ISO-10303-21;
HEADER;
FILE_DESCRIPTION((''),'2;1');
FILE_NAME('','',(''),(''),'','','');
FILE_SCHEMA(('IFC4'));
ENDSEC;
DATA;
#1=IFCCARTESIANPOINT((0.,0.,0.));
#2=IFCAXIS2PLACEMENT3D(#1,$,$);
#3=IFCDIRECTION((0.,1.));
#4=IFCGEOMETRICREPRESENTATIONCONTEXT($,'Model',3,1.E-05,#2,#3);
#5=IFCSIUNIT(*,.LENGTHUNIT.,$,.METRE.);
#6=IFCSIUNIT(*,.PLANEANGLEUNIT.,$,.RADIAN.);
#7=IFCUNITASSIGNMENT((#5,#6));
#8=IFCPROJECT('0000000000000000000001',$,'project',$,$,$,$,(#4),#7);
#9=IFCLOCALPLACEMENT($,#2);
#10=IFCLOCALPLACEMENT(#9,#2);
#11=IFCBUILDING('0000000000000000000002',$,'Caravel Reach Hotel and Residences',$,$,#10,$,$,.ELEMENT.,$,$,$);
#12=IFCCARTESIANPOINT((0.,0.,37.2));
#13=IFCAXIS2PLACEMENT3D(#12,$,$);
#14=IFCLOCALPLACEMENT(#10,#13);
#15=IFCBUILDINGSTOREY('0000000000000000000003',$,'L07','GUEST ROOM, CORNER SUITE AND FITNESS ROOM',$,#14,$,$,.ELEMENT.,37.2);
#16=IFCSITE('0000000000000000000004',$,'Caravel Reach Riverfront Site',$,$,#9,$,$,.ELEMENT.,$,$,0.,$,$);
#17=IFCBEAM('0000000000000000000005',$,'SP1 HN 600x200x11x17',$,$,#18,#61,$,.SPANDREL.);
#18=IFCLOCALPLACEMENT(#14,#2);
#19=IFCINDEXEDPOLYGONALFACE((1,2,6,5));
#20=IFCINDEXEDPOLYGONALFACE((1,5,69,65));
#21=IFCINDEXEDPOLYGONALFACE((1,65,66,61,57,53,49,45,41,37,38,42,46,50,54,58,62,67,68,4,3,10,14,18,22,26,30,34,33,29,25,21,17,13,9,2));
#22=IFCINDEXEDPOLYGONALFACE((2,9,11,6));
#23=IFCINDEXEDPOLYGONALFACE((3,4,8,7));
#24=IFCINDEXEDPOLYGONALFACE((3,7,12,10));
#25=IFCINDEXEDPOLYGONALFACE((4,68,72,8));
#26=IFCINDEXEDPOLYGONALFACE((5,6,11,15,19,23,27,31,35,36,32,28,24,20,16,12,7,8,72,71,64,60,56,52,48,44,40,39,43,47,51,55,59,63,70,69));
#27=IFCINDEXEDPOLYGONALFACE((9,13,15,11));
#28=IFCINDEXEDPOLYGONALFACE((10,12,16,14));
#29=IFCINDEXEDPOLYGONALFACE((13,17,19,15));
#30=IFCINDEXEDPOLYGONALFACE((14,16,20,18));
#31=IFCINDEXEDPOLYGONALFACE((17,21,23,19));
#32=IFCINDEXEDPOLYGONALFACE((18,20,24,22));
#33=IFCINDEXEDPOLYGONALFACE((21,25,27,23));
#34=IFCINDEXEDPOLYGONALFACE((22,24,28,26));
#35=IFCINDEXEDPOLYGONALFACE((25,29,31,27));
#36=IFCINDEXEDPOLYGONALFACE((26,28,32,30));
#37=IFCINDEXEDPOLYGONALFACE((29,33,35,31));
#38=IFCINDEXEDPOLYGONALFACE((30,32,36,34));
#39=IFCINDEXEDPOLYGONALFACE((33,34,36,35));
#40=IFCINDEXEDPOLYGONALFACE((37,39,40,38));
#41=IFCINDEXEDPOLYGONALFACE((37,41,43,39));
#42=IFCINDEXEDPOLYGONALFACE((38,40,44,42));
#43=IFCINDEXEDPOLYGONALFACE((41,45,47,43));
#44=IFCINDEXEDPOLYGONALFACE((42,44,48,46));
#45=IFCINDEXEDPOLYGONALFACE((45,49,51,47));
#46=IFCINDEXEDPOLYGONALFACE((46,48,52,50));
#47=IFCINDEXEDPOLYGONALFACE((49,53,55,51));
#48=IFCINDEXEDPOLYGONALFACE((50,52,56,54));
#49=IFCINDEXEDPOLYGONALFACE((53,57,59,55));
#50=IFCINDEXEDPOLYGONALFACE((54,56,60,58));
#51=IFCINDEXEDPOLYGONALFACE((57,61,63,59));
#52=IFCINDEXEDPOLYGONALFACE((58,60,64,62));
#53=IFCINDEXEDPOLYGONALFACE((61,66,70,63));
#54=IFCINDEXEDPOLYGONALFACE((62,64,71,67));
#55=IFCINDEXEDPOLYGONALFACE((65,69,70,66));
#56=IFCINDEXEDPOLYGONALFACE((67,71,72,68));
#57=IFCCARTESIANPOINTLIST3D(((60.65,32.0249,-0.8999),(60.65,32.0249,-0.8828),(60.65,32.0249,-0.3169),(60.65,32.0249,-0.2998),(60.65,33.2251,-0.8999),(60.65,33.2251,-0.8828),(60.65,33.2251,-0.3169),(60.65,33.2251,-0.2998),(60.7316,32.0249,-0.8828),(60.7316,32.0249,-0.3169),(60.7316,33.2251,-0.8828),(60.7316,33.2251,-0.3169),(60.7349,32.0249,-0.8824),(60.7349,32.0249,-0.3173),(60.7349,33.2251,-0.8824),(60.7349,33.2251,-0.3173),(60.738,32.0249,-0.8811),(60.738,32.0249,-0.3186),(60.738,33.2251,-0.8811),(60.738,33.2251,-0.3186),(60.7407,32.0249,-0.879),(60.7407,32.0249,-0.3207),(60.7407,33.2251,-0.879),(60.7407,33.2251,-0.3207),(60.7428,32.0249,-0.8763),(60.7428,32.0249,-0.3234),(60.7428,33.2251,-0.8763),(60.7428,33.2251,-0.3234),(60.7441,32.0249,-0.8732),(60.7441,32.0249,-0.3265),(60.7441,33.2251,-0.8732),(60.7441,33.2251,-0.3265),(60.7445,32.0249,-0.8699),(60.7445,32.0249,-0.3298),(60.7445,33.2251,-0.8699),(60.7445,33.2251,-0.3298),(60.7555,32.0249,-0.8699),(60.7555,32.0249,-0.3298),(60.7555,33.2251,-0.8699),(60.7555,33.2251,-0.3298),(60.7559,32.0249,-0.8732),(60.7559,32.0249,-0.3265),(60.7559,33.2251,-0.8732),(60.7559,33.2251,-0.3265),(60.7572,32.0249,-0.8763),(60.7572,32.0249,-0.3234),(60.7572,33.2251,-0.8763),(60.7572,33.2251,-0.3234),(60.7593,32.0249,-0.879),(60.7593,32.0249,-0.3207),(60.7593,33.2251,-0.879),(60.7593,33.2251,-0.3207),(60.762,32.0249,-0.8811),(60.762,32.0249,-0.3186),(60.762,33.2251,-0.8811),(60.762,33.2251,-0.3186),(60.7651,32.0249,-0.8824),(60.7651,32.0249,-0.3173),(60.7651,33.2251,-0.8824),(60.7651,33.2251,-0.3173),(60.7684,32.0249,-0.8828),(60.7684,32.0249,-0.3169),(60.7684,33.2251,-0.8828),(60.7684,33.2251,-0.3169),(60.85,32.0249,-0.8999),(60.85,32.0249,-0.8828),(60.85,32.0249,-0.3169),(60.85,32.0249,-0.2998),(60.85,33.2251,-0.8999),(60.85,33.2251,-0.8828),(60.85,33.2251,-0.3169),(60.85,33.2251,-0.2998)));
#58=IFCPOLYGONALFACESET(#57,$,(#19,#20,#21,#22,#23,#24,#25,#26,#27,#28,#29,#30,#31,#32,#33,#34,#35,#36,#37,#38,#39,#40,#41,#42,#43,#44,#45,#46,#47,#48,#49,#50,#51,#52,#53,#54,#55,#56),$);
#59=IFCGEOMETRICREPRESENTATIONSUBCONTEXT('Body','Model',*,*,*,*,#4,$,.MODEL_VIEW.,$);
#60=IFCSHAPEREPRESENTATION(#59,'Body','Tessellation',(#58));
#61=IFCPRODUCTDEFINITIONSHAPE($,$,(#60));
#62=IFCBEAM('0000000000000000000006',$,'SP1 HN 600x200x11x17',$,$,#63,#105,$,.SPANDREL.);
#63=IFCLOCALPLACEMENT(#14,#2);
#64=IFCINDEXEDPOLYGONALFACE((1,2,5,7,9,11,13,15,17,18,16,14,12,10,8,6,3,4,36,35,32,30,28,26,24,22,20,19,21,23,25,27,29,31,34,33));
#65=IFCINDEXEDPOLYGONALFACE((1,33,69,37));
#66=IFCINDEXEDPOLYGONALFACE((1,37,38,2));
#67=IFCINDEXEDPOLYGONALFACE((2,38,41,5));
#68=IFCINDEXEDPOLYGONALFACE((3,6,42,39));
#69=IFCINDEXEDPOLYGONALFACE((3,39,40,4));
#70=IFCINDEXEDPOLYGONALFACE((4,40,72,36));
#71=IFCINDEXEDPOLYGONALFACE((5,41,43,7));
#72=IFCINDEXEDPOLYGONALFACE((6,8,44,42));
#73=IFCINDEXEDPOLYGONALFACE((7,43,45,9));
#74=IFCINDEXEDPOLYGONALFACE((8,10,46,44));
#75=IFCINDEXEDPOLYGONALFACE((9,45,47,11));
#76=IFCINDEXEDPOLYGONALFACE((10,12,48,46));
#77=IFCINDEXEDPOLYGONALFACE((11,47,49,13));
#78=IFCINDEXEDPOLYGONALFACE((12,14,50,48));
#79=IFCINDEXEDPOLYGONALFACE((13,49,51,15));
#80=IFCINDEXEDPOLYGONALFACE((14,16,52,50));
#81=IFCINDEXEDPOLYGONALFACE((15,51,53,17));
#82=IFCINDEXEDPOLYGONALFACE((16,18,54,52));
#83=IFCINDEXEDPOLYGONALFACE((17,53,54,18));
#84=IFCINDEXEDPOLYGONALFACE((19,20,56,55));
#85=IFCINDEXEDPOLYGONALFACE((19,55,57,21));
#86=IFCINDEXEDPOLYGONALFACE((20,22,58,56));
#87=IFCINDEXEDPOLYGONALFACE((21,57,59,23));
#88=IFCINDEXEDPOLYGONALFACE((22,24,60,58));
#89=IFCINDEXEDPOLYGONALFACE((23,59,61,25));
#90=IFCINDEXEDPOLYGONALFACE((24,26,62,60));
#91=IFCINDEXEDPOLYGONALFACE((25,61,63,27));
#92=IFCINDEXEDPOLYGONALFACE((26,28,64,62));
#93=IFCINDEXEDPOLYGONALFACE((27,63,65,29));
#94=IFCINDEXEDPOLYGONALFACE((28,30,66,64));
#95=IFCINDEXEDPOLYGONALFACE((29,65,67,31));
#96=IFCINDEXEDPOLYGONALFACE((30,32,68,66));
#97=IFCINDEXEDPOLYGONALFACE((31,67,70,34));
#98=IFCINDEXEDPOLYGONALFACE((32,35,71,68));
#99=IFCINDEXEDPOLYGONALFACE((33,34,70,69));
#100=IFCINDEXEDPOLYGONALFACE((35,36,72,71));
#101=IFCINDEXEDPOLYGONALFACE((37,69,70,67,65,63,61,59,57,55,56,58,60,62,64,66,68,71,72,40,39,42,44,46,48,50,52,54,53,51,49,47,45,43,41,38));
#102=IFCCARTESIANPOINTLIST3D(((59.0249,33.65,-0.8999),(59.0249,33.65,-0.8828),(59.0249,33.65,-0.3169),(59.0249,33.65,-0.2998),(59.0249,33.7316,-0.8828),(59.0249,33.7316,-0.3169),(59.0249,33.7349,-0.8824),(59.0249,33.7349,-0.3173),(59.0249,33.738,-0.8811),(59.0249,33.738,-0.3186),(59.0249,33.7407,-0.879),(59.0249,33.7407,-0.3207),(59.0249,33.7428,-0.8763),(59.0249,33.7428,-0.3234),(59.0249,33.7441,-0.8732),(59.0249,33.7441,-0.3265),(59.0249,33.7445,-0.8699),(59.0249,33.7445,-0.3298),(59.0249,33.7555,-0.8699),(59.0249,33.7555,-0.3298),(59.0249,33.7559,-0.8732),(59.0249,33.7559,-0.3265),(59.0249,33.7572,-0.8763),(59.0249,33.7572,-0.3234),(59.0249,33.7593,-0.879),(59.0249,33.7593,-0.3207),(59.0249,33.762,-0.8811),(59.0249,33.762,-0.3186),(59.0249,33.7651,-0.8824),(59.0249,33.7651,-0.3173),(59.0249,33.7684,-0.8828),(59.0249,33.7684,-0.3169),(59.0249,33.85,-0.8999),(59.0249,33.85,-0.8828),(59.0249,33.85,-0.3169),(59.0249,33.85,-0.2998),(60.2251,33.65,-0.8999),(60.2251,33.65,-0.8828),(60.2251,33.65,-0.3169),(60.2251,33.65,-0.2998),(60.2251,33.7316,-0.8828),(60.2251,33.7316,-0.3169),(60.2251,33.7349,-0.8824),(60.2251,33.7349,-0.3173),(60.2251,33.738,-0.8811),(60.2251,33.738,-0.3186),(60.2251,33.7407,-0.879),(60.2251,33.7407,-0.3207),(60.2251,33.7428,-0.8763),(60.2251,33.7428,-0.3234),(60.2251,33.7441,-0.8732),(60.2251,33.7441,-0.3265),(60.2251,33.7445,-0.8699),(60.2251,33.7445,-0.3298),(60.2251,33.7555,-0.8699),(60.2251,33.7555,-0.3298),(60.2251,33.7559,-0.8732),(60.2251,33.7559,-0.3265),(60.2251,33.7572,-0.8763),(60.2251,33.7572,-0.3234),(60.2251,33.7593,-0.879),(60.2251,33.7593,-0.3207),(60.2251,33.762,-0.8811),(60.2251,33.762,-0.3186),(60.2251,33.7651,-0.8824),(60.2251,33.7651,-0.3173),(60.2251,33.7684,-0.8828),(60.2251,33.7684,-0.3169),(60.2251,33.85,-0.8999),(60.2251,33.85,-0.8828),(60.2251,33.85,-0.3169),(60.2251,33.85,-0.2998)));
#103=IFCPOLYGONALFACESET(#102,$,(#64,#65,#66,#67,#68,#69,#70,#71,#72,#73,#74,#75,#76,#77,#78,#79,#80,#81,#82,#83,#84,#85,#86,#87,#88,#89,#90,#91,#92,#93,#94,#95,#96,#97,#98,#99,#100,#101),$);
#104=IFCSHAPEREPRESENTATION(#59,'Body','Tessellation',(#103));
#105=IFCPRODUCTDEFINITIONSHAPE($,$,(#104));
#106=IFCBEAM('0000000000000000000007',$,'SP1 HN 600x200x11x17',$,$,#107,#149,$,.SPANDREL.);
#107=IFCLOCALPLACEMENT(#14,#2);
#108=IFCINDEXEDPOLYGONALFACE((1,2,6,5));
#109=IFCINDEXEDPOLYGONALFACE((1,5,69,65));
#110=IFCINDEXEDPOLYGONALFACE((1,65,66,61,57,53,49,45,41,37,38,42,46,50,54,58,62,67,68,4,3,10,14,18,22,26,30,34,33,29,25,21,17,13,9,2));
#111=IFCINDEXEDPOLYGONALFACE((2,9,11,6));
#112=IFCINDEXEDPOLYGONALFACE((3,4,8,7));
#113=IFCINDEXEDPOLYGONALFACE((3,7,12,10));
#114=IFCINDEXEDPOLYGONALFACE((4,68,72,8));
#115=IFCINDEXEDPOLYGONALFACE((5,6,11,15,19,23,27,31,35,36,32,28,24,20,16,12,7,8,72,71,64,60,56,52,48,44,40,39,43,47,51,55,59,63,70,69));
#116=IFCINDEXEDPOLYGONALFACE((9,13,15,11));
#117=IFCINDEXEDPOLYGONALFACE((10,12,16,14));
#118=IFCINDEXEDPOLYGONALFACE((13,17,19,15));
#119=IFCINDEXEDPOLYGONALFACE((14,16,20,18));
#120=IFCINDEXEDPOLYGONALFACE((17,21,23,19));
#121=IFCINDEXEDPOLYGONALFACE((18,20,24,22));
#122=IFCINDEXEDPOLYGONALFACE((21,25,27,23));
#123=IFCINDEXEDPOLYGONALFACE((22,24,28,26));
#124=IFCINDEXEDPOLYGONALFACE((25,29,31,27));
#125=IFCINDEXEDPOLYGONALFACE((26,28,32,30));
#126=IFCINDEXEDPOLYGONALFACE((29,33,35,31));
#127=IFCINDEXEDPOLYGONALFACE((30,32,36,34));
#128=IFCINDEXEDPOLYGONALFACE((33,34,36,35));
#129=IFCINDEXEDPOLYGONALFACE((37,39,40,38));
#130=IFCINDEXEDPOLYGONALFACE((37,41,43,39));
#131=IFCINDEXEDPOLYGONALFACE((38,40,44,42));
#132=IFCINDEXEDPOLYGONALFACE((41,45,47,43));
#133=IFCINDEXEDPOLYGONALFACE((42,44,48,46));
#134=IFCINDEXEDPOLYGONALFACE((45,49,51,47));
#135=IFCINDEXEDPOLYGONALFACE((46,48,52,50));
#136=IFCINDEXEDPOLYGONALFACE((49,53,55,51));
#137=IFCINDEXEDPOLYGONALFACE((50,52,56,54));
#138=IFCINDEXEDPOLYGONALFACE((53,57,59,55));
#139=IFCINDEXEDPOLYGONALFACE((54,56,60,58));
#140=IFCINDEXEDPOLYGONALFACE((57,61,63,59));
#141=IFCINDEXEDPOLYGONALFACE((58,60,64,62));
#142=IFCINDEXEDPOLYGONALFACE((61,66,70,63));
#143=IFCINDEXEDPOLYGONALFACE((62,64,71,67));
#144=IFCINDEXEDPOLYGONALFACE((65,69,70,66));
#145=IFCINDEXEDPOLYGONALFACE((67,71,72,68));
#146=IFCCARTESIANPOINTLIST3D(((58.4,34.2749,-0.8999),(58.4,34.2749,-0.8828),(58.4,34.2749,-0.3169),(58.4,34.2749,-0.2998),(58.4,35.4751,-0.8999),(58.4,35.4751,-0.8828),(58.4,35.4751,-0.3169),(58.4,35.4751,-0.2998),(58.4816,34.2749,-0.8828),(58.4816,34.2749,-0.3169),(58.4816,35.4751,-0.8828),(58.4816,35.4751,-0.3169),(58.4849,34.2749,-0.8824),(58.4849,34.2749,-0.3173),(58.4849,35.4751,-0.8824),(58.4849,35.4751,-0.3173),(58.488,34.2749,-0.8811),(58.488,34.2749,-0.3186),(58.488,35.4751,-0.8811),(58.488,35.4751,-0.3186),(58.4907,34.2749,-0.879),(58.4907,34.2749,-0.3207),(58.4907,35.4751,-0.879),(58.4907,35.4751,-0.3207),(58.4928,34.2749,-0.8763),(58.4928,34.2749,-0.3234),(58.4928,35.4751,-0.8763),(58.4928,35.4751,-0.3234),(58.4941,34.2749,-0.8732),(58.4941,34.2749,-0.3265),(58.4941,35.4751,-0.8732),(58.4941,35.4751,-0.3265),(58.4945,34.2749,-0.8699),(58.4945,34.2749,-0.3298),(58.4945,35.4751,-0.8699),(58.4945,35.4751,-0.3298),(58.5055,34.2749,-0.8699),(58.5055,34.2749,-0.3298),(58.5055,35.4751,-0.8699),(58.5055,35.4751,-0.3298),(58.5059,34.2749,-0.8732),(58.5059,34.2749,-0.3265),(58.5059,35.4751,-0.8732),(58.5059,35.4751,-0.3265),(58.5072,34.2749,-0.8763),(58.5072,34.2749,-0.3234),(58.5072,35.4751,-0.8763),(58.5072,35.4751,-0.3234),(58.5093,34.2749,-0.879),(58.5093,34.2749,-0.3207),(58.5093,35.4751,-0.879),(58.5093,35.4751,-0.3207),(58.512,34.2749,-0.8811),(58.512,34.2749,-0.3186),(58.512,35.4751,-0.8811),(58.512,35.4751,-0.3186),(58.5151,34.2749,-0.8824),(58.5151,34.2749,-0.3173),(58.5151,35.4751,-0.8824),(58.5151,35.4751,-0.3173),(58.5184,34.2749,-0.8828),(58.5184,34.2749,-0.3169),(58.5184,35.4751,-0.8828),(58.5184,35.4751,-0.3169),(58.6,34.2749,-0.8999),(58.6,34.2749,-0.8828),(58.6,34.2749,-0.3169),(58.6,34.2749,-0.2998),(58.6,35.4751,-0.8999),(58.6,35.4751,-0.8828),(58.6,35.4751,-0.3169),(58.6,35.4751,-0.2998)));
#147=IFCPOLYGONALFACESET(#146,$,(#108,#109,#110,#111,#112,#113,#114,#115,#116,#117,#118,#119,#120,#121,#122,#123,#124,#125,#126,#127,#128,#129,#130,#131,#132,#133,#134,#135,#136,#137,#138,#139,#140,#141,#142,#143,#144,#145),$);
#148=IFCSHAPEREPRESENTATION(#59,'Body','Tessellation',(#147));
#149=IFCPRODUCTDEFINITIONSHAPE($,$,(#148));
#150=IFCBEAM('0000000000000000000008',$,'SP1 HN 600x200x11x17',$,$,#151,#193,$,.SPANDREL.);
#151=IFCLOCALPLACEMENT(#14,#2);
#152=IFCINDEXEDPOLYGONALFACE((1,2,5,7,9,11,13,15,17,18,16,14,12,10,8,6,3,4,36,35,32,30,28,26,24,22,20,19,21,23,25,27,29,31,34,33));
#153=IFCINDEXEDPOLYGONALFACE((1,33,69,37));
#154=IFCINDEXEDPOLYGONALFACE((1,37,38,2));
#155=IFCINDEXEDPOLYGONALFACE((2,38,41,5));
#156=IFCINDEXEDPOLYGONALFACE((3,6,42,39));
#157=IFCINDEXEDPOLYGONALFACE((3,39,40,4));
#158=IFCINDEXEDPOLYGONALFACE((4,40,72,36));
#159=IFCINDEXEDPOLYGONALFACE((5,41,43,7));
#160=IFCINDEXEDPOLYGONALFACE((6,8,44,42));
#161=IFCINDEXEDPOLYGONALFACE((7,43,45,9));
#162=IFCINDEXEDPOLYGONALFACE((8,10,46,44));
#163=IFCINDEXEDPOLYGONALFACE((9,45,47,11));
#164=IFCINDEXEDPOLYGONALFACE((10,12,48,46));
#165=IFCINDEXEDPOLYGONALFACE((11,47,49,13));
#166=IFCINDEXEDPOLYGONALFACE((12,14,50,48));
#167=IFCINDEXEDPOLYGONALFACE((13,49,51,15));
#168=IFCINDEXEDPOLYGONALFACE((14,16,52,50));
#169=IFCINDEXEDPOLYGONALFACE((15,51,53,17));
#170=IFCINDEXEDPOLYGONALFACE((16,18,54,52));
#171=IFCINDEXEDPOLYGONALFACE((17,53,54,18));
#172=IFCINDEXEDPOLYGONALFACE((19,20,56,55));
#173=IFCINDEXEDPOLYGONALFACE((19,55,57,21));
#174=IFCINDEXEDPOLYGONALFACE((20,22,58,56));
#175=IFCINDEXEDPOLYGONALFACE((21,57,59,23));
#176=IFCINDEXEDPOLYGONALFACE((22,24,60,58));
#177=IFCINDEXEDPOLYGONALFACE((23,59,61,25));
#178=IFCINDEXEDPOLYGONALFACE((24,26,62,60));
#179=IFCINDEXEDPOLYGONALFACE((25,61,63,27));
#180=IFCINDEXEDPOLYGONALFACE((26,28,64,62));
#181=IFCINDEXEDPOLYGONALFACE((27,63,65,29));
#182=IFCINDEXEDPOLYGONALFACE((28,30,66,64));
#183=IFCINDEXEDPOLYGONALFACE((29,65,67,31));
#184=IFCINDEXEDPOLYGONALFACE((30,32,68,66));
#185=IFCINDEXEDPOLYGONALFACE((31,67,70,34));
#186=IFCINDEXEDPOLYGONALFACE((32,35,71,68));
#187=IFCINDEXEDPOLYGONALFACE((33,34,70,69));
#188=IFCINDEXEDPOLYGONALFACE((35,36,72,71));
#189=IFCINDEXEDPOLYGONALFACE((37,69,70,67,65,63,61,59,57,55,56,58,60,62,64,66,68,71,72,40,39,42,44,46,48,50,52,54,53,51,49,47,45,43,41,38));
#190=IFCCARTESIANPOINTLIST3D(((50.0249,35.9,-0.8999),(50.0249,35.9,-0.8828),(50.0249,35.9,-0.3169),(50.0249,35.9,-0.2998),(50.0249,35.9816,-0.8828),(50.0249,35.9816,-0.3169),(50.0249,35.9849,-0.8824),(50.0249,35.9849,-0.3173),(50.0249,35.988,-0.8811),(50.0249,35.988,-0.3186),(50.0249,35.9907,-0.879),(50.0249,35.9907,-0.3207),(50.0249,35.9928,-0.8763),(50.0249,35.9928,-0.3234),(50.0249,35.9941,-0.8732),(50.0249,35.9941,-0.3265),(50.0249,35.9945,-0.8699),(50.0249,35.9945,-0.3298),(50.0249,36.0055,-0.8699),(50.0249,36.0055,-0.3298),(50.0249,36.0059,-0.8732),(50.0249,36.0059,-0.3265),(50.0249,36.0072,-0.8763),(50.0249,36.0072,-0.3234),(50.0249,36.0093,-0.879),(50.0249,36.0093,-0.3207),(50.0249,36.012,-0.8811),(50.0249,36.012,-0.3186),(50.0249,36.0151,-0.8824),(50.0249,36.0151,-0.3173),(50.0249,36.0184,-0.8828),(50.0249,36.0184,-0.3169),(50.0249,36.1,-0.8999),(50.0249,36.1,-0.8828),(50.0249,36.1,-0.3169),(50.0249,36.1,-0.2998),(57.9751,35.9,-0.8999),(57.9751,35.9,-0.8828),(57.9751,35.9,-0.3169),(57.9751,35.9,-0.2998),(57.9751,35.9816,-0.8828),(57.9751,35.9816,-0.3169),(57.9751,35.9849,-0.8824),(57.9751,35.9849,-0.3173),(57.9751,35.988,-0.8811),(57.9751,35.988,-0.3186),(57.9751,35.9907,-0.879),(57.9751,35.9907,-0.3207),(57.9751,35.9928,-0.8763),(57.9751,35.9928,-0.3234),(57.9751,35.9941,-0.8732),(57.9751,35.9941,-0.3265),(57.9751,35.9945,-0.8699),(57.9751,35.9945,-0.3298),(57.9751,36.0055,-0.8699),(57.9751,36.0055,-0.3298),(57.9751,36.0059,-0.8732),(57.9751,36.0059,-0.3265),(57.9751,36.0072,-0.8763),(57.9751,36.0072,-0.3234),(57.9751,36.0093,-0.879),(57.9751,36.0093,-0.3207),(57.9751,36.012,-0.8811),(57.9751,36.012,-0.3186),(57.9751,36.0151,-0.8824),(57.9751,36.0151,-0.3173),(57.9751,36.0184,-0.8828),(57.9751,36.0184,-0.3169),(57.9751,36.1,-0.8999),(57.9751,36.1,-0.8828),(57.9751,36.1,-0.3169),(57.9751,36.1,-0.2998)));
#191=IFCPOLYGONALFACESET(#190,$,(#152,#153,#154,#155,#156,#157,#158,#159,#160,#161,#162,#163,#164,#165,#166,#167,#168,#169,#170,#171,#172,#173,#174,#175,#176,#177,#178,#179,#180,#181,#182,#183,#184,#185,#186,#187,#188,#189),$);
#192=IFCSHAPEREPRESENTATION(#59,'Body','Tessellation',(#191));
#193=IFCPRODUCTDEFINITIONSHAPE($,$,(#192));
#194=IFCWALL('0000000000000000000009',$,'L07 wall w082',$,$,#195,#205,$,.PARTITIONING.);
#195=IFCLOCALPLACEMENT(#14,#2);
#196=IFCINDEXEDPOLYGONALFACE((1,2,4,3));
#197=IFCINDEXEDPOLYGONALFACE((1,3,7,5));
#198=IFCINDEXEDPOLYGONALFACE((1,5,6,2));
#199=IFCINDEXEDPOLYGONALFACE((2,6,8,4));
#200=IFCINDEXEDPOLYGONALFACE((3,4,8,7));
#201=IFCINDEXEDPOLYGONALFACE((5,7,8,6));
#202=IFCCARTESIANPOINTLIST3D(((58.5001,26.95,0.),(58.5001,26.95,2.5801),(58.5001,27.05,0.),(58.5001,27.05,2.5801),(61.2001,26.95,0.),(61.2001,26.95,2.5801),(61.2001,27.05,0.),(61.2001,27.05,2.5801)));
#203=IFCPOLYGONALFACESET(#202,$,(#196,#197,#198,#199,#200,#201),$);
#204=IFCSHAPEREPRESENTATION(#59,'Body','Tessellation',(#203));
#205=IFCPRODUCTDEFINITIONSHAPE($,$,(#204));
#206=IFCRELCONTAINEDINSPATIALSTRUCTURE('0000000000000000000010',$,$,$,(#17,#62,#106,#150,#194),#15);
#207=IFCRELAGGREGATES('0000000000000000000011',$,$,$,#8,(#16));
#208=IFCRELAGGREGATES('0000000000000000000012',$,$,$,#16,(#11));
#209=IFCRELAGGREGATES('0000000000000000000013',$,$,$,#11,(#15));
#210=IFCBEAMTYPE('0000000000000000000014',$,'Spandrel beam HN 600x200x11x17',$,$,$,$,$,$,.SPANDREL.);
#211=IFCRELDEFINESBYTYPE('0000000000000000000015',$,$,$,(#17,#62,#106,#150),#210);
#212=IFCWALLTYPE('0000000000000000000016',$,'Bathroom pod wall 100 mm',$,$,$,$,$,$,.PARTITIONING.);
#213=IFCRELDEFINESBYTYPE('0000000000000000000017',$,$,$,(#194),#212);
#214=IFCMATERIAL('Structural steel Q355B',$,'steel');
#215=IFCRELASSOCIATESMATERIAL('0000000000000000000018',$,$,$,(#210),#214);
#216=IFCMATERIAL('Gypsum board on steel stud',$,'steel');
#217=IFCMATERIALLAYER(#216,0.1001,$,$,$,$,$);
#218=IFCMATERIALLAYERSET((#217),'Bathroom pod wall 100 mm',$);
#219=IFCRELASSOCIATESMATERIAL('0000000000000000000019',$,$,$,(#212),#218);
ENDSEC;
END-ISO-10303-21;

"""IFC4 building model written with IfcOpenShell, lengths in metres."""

from ifc_helpers import new_model, si_unit, direction, frame, frame_2d, origin, origin_2d, place, context, subcontext, project, spatial, rectangle, i_section, extrude, material, layer, layer_set, material_profile, profile_set, type_object, element, save


model = new_model("IFC4")

# Units and contexts
model_context = context("Model", 3, precision=1e-05, world=origin(), true_north=direction((0.0, 1.0)))
body_context = subcontext(model_context, "Body", "Model", "MODEL_VIEW")
ifc_project = project(units=[si_unit("LENGTHUNIT", "METRE"), si_unit("PLANEANGLEUNIT", "RADIAN")], contexts=[model_context])

# Site, building, storey
site_placement = place(None, origin())
site = spatial("IfcSite", under=ifc_project, at=site_placement, Name="Caravel Reach Riverfront Site", CompositionType="ELEMENT", RefElevation=0.0)
building_placement = place(site_placement, origin())
building = spatial("IfcBuilding", under=site, at=building_placement, Name="Caravel Reach Hotel and Residences", CompositionType="ELEMENT")
storey_placement = place(building_placement, frame((0.0, 0.0, 37.2)))
storey = spatial("IfcBuildingStorey", under=building, at=storey_placement, Name="L07", Description="GUEST ROOM, CORNER SUITE AND FITNESS ROOM", CompositionType="ELEMENT", Elevation=37.2)

# Beams
ifc_material_1 = material(Name="Structural steel Q355B", Category="steel")
ifc_material_profile_1 = material_profile(ifc_material_1, i_section(OverallWidth=0.2, OverallDepth=0.6001, WebThickness=0.011, FlangeThickness=0.0171, FilletRadius=0.0129, at=origin_2d()), Name="HN 600x200x11x17")
ifc_profile_set_1 = profile_set([ifc_material_profile_1], Name="Structural steel Q355B")
beam_type_1 = type_object("IfcBeamType", Name="Spandrel beam HN 600x200x11x17", PredefinedType="SPANDREL", material=ifc_profile_set_1)
for number, where, z_axis, x_axis, name in (
    (1, (60.75, 32.0249, -0.5999), (0.0, 1.0, 0.0), (-1.0, 0.0, 0.0), "SP1 HN 600x200x11x17"),
    (2, (60.2251, 33.75, -0.5999), (-1.0, 0.0, 0.0), (0.0, -1.0, 0.0), "SP1 HN 600x200x11x17"),
    (3, (58.5, 34.2749, -0.5999), (0.0, 1.0, 0.0), (-1.0, 0.0, 0.0), "SP1 HN 600x200x11x17"),
):
    element("IfcBeam", number, at=place(storey_placement, frame(where, z_axis=z_axis, x_axis=x_axis)), inside=storey, type_object=beam_type_1, Name=name, PredefinedType="SPANDREL", context=body_context, shape_type="SweptSolid", body=[
        extrude(i_section(OverallWidth=0.2, OverallDepth=0.6001, WebThickness=0.011, FlangeThickness=0.0171, FilletRadius=0.0129, at=origin_2d()), origin(), (0.0, 0.0, 1.0), 1.2002),
    ])
beam_1_placement = place(storey_placement, frame((57.9751, 36.0, -0.5999), z_axis=(-1.0, 0.0, 0.0), x_axis=(0.0, -1.0, 0.0)))
element("IfcBeam", 4, at=beam_1_placement, inside=storey, type_object=beam_type_1, Name="SP1 HN 600x200x11x17", PredefinedType="SPANDREL", context=body_context, shape_type="SweptSolid", body=[
    extrude(i_section(OverallWidth=0.2, OverallDepth=0.6001, WebThickness=0.011, FlangeThickness=0.0171, FilletRadius=0.0129, at=origin_2d()), origin(), (0.0, 0.0, 1.0), 7.9502),
])

# Wall
ifc_material_2 = material(Name="Gypsum board on steel stud", Category="steel")
ifc_layer_1 = layer(ifc_material_2, 0.1001)
ifc_layer_set_1 = layer_set([ifc_layer_1], Name="Bathroom pod wall 100 mm")
wall_type_1 = type_object("IfcWallType", Name="Bathroom pod wall 100 mm", PredefinedType="PARTITIONING", material=ifc_layer_set_1)
wall_1_placement = place(storey_placement, frame((58.5, 27.0, 0.0), z_axis=(0.0, 0.0, 1.0), x_axis=(1.0, 0.0, 0.0)))
element("IfcWall", 5, at=wall_1_placement, inside=storey, type_object=wall_type_1, Name="L07 wall w082", PredefinedType="PARTITIONING", context=body_context, shape_type="SweptSolid", body=[
    extrude(rectangle(XDim=2.7, YDim=0.1001, at=frame_2d((1.3501, 0.0))), origin(), (0.0, 0.0, 1.0), 2.5801),
])

save(model, "model.ifc")
